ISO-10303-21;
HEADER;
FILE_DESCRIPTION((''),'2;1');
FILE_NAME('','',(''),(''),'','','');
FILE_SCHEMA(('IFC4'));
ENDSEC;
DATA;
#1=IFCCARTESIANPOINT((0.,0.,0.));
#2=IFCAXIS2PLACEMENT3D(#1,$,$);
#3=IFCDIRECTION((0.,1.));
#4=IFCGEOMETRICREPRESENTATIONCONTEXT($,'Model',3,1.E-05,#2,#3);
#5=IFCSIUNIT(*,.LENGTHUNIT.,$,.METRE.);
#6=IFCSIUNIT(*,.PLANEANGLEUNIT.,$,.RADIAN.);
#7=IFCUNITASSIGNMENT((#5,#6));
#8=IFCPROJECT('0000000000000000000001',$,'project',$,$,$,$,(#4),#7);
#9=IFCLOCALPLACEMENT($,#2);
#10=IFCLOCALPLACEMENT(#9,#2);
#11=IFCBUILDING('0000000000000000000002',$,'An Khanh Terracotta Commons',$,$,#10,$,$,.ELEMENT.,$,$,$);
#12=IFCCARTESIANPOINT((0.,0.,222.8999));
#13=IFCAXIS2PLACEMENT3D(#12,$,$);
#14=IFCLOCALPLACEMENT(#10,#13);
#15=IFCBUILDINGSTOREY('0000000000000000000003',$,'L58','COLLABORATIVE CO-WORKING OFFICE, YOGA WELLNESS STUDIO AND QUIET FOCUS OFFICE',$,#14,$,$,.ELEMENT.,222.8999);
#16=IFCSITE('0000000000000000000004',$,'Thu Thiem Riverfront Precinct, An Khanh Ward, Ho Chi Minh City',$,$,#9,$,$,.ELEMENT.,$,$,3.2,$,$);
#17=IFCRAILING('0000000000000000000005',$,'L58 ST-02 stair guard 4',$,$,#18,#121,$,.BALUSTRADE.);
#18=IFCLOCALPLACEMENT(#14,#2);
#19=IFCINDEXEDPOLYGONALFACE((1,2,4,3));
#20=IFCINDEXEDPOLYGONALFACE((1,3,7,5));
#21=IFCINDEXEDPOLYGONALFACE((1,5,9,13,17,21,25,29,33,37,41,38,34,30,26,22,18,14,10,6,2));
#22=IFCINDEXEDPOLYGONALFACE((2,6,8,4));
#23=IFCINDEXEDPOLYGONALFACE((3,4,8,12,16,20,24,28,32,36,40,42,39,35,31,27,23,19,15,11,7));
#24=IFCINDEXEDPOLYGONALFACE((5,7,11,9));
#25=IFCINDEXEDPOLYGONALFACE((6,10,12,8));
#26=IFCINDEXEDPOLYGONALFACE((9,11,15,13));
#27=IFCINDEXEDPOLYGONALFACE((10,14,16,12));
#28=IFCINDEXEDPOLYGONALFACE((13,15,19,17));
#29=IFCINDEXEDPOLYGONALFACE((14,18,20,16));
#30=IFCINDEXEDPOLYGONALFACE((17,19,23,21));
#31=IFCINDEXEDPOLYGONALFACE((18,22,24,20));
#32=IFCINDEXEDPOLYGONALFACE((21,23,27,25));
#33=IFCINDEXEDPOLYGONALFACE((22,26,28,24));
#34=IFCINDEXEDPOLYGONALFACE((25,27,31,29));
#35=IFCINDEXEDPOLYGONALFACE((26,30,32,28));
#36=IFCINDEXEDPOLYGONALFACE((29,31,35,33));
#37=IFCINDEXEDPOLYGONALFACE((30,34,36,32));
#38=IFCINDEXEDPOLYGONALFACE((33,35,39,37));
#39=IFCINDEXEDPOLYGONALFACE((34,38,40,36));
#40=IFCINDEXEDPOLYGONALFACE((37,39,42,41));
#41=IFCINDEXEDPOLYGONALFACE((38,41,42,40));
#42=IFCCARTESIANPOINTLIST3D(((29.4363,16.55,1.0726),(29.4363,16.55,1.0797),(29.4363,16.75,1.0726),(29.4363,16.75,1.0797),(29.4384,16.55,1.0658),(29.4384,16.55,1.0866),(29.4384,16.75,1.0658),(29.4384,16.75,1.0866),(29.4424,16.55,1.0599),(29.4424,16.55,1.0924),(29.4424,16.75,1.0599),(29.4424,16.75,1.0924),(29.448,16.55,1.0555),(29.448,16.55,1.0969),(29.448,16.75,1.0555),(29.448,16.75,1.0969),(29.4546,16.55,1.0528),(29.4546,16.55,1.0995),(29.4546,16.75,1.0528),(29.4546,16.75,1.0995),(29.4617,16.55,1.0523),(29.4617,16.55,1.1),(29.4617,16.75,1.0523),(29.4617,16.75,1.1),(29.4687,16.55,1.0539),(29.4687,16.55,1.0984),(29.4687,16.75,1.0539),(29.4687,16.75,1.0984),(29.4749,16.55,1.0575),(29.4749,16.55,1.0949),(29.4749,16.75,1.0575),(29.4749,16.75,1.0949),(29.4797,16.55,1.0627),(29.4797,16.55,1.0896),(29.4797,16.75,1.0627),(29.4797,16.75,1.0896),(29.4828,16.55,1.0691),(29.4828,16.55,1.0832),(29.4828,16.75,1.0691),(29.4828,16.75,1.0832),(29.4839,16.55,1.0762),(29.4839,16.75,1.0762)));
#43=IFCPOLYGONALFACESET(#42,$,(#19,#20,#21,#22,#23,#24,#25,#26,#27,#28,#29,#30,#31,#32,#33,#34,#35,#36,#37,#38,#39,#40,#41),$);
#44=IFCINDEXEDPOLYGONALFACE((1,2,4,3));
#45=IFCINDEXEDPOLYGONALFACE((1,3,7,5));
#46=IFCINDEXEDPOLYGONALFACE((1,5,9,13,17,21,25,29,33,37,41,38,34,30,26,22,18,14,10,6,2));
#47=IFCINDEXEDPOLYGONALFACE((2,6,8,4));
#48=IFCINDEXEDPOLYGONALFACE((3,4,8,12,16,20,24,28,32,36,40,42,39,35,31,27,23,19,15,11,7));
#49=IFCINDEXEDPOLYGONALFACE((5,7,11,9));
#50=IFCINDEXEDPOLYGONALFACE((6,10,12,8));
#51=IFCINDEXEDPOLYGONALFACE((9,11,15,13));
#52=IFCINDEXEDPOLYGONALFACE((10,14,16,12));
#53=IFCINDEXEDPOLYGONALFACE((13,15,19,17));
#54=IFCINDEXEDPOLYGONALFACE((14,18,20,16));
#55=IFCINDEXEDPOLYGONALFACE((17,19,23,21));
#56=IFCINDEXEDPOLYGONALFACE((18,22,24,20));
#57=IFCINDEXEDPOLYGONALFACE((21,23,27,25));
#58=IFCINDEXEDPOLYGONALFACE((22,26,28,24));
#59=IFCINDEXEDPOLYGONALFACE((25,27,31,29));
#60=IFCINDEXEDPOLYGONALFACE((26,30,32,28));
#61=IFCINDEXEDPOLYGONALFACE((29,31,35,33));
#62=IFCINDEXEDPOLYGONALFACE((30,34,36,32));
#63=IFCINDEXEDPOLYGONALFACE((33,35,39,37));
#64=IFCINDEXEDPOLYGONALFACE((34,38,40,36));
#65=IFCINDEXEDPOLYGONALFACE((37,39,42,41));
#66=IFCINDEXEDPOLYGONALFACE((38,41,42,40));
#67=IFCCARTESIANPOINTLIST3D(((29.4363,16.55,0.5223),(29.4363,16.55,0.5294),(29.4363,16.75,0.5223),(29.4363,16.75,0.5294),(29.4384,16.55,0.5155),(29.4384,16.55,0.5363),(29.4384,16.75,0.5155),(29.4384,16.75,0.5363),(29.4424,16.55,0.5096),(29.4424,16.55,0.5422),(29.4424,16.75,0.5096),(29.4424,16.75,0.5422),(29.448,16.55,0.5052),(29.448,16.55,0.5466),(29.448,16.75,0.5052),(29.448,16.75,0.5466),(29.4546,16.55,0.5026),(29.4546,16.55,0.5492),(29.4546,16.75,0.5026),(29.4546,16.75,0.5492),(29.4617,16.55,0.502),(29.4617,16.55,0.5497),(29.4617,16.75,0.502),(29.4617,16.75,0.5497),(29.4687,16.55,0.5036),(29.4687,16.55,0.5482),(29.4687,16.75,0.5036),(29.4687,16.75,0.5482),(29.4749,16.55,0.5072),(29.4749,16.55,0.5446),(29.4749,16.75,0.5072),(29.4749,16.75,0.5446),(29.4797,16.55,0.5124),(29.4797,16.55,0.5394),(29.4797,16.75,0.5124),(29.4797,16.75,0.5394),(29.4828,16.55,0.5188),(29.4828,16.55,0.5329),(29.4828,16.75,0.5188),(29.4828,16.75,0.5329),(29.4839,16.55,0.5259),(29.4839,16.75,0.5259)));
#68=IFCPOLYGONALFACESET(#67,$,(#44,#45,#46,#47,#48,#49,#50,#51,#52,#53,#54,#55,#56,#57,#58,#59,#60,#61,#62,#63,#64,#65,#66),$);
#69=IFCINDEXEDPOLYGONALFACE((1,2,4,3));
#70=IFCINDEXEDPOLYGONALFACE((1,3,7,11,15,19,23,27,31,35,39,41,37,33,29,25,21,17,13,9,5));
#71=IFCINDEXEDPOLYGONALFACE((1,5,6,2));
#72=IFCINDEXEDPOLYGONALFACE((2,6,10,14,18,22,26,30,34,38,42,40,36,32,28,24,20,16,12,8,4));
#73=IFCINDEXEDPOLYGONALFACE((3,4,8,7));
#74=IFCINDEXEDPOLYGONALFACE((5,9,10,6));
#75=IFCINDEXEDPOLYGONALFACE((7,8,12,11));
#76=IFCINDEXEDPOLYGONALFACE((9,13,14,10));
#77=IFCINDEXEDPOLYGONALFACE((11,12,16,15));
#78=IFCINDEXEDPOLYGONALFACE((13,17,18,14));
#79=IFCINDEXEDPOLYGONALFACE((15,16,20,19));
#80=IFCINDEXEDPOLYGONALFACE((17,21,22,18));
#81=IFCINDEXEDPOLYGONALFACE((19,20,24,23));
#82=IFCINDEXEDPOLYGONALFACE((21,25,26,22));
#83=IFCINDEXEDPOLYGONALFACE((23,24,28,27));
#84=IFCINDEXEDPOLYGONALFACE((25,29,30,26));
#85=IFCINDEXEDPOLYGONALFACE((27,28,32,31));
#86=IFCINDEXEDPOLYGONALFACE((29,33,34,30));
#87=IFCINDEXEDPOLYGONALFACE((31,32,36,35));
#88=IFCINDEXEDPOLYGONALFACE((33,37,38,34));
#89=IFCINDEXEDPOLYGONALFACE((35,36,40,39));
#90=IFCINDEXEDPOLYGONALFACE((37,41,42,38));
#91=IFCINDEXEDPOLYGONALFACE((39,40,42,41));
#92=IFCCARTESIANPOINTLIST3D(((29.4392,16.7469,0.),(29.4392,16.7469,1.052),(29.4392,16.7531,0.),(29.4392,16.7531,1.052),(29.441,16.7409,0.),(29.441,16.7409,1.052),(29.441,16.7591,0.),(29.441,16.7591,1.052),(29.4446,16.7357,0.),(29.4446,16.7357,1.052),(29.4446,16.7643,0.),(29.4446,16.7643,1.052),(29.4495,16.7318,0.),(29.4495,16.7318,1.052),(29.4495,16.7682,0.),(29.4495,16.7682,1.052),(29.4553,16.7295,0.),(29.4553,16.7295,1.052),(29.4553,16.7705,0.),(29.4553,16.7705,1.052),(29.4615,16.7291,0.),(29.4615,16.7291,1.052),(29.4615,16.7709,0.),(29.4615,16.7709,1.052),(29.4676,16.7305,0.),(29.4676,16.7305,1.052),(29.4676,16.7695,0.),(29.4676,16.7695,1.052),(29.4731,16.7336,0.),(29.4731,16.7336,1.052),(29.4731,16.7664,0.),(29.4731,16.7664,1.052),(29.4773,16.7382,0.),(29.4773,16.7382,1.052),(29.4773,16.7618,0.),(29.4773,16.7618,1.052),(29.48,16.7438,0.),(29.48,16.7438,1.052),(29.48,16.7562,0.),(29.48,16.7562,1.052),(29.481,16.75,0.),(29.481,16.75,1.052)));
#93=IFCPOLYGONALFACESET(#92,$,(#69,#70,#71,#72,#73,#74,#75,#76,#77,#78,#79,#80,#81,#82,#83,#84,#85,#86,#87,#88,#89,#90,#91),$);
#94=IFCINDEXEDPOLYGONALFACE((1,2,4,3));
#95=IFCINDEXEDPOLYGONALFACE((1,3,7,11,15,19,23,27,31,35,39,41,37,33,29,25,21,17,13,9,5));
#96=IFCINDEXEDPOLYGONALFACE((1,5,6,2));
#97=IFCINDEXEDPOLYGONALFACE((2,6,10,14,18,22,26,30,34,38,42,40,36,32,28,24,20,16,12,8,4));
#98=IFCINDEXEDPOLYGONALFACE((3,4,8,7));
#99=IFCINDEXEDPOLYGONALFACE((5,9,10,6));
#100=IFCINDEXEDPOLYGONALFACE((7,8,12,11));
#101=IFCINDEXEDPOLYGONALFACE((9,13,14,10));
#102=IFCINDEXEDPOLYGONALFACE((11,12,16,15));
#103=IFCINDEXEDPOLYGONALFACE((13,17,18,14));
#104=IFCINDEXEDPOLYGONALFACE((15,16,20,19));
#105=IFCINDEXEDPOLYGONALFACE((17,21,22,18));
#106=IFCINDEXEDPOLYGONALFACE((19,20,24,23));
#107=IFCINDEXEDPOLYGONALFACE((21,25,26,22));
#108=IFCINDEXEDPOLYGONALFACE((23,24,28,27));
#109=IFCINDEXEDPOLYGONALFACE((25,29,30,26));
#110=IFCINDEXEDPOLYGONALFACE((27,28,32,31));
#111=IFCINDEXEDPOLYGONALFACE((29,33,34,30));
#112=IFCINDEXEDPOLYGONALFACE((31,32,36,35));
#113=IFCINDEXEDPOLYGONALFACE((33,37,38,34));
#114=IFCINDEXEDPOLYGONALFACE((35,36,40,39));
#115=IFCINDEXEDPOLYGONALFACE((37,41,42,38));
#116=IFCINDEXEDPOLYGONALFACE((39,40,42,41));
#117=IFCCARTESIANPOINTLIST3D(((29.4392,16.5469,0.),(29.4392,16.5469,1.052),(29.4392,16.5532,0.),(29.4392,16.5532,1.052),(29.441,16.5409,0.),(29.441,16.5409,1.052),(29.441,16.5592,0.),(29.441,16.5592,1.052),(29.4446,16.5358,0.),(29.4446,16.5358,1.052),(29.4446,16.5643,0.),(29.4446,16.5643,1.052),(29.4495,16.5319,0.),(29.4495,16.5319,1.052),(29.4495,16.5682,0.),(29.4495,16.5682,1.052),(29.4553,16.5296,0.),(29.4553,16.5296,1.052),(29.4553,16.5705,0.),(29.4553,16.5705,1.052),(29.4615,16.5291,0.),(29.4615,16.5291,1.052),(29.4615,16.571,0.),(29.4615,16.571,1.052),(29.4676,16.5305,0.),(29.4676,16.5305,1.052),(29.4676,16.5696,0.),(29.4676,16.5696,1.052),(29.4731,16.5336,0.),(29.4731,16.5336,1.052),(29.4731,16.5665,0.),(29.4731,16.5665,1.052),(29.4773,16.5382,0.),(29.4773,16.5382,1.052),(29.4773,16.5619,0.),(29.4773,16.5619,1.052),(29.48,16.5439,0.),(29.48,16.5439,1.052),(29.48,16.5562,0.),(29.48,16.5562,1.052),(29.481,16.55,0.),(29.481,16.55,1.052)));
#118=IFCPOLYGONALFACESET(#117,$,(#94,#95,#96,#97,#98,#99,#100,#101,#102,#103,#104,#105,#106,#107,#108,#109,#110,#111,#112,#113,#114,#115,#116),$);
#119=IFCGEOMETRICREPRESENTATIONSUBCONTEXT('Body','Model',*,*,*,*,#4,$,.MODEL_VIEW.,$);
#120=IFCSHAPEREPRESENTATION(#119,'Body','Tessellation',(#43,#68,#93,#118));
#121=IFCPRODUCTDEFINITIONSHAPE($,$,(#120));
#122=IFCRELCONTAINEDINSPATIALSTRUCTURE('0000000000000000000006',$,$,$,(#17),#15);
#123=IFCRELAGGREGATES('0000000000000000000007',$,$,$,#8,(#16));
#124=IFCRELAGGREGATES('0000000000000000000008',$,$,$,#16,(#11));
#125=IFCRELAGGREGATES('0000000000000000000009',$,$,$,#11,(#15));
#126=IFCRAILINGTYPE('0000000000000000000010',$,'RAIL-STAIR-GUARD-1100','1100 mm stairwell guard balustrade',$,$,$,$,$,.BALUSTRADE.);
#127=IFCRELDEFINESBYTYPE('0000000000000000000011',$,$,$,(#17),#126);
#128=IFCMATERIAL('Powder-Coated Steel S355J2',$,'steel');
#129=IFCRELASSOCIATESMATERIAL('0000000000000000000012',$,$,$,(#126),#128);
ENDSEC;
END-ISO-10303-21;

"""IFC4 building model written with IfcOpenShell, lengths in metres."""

from ifc_helpers import new_model, si_unit, direction, frame, origin, origin_2d, place, context, subcontext, project, spatial, circle, extrude, material, type_object, element, save


model = new_model("IFC4")

# Units and contexts
model_context = context("Model", 3, precision=1e-05, world=origin(), true_north=direction((0.0, 1.0)))
body_context = subcontext(model_context, "Body", "Model", "MODEL_VIEW")
ifc_project = project(units=[si_unit("LENGTHUNIT", "METRE"), si_unit("PLANEANGLEUNIT", "RADIAN")], contexts=[model_context])

# Site, building, storey
site_placement = place(None, origin())
site = spatial("IfcSite", under=ifc_project, at=site_placement, Name="Thu Thiem Riverfront Precinct, An Khanh Ward, Ho Chi Minh City", CompositionType="ELEMENT", RefElevation=3.2)
building_placement = place(site_placement, origin())
building = spatial("IfcBuilding", under=site, at=building_placement, Name="An Khanh Terracotta Commons", CompositionType="ELEMENT")
storey_placement = place(building_placement, frame((0.0, 0.0, 222.8999)))
storey = spatial("IfcBuildingStorey", under=building, at=storey_placement, Name="L58", Description="COLLABORATIVE CO-WORKING OFFICE, YOGA WELLNESS STUDIO AND QUIET FOCUS OFFICE", CompositionType="ELEMENT", Elevation=222.8999)

# Railing
ifc_material_1 = material(Name="Powder-Coated Steel S355J2", Category="steel")
railing_type = type_object("IfcRailingType", Name="RAIL-STAIR-GUARD-1100", Description="1100 mm stairwell guard balustrade", PredefinedType="BALUSTRADE", material=ifc_material_1)
railing_1_placement = place(storey_placement, frame((29.46, 16.75, 0.0)))
element("IfcRailing", 1, at=railing_1_placement, inside=storey, type_object=railing_type, Name="L58 ST-02 stair guard 4", PredefinedType="BALUSTRADE", context=body_context, shape_type="SweptSolid", body=[
    extrude(circle(Radius=0.0239, at=origin_2d()), frame((0.0, 0.0, 1.0762), z_axis=(0.0, -1.0, 0.0), x_axis=(1.0, 0.0, 0.0)), (0.0, 0.0, 1.0), 0.2),
    extrude(circle(Radius=0.0239, at=origin_2d()), frame((0.0, 0.0, 0.5259), z_axis=(0.0, -1.0, 0.0), x_axis=(1.0, 0.0, 0.0)), (0.0, 0.0, 1.0), 0.2),
    extrude(circle(Radius=0.021, at=origin_2d()), origin(), (0.0, 0.0, 1.0), 1.052),
    extrude(circle(Radius=0.021, at=origin_2d()), frame((0.0, -0.2, 0.0)), (0.0, 0.0, 1.0), 1.052),
])

save(model, "model.ifc")
